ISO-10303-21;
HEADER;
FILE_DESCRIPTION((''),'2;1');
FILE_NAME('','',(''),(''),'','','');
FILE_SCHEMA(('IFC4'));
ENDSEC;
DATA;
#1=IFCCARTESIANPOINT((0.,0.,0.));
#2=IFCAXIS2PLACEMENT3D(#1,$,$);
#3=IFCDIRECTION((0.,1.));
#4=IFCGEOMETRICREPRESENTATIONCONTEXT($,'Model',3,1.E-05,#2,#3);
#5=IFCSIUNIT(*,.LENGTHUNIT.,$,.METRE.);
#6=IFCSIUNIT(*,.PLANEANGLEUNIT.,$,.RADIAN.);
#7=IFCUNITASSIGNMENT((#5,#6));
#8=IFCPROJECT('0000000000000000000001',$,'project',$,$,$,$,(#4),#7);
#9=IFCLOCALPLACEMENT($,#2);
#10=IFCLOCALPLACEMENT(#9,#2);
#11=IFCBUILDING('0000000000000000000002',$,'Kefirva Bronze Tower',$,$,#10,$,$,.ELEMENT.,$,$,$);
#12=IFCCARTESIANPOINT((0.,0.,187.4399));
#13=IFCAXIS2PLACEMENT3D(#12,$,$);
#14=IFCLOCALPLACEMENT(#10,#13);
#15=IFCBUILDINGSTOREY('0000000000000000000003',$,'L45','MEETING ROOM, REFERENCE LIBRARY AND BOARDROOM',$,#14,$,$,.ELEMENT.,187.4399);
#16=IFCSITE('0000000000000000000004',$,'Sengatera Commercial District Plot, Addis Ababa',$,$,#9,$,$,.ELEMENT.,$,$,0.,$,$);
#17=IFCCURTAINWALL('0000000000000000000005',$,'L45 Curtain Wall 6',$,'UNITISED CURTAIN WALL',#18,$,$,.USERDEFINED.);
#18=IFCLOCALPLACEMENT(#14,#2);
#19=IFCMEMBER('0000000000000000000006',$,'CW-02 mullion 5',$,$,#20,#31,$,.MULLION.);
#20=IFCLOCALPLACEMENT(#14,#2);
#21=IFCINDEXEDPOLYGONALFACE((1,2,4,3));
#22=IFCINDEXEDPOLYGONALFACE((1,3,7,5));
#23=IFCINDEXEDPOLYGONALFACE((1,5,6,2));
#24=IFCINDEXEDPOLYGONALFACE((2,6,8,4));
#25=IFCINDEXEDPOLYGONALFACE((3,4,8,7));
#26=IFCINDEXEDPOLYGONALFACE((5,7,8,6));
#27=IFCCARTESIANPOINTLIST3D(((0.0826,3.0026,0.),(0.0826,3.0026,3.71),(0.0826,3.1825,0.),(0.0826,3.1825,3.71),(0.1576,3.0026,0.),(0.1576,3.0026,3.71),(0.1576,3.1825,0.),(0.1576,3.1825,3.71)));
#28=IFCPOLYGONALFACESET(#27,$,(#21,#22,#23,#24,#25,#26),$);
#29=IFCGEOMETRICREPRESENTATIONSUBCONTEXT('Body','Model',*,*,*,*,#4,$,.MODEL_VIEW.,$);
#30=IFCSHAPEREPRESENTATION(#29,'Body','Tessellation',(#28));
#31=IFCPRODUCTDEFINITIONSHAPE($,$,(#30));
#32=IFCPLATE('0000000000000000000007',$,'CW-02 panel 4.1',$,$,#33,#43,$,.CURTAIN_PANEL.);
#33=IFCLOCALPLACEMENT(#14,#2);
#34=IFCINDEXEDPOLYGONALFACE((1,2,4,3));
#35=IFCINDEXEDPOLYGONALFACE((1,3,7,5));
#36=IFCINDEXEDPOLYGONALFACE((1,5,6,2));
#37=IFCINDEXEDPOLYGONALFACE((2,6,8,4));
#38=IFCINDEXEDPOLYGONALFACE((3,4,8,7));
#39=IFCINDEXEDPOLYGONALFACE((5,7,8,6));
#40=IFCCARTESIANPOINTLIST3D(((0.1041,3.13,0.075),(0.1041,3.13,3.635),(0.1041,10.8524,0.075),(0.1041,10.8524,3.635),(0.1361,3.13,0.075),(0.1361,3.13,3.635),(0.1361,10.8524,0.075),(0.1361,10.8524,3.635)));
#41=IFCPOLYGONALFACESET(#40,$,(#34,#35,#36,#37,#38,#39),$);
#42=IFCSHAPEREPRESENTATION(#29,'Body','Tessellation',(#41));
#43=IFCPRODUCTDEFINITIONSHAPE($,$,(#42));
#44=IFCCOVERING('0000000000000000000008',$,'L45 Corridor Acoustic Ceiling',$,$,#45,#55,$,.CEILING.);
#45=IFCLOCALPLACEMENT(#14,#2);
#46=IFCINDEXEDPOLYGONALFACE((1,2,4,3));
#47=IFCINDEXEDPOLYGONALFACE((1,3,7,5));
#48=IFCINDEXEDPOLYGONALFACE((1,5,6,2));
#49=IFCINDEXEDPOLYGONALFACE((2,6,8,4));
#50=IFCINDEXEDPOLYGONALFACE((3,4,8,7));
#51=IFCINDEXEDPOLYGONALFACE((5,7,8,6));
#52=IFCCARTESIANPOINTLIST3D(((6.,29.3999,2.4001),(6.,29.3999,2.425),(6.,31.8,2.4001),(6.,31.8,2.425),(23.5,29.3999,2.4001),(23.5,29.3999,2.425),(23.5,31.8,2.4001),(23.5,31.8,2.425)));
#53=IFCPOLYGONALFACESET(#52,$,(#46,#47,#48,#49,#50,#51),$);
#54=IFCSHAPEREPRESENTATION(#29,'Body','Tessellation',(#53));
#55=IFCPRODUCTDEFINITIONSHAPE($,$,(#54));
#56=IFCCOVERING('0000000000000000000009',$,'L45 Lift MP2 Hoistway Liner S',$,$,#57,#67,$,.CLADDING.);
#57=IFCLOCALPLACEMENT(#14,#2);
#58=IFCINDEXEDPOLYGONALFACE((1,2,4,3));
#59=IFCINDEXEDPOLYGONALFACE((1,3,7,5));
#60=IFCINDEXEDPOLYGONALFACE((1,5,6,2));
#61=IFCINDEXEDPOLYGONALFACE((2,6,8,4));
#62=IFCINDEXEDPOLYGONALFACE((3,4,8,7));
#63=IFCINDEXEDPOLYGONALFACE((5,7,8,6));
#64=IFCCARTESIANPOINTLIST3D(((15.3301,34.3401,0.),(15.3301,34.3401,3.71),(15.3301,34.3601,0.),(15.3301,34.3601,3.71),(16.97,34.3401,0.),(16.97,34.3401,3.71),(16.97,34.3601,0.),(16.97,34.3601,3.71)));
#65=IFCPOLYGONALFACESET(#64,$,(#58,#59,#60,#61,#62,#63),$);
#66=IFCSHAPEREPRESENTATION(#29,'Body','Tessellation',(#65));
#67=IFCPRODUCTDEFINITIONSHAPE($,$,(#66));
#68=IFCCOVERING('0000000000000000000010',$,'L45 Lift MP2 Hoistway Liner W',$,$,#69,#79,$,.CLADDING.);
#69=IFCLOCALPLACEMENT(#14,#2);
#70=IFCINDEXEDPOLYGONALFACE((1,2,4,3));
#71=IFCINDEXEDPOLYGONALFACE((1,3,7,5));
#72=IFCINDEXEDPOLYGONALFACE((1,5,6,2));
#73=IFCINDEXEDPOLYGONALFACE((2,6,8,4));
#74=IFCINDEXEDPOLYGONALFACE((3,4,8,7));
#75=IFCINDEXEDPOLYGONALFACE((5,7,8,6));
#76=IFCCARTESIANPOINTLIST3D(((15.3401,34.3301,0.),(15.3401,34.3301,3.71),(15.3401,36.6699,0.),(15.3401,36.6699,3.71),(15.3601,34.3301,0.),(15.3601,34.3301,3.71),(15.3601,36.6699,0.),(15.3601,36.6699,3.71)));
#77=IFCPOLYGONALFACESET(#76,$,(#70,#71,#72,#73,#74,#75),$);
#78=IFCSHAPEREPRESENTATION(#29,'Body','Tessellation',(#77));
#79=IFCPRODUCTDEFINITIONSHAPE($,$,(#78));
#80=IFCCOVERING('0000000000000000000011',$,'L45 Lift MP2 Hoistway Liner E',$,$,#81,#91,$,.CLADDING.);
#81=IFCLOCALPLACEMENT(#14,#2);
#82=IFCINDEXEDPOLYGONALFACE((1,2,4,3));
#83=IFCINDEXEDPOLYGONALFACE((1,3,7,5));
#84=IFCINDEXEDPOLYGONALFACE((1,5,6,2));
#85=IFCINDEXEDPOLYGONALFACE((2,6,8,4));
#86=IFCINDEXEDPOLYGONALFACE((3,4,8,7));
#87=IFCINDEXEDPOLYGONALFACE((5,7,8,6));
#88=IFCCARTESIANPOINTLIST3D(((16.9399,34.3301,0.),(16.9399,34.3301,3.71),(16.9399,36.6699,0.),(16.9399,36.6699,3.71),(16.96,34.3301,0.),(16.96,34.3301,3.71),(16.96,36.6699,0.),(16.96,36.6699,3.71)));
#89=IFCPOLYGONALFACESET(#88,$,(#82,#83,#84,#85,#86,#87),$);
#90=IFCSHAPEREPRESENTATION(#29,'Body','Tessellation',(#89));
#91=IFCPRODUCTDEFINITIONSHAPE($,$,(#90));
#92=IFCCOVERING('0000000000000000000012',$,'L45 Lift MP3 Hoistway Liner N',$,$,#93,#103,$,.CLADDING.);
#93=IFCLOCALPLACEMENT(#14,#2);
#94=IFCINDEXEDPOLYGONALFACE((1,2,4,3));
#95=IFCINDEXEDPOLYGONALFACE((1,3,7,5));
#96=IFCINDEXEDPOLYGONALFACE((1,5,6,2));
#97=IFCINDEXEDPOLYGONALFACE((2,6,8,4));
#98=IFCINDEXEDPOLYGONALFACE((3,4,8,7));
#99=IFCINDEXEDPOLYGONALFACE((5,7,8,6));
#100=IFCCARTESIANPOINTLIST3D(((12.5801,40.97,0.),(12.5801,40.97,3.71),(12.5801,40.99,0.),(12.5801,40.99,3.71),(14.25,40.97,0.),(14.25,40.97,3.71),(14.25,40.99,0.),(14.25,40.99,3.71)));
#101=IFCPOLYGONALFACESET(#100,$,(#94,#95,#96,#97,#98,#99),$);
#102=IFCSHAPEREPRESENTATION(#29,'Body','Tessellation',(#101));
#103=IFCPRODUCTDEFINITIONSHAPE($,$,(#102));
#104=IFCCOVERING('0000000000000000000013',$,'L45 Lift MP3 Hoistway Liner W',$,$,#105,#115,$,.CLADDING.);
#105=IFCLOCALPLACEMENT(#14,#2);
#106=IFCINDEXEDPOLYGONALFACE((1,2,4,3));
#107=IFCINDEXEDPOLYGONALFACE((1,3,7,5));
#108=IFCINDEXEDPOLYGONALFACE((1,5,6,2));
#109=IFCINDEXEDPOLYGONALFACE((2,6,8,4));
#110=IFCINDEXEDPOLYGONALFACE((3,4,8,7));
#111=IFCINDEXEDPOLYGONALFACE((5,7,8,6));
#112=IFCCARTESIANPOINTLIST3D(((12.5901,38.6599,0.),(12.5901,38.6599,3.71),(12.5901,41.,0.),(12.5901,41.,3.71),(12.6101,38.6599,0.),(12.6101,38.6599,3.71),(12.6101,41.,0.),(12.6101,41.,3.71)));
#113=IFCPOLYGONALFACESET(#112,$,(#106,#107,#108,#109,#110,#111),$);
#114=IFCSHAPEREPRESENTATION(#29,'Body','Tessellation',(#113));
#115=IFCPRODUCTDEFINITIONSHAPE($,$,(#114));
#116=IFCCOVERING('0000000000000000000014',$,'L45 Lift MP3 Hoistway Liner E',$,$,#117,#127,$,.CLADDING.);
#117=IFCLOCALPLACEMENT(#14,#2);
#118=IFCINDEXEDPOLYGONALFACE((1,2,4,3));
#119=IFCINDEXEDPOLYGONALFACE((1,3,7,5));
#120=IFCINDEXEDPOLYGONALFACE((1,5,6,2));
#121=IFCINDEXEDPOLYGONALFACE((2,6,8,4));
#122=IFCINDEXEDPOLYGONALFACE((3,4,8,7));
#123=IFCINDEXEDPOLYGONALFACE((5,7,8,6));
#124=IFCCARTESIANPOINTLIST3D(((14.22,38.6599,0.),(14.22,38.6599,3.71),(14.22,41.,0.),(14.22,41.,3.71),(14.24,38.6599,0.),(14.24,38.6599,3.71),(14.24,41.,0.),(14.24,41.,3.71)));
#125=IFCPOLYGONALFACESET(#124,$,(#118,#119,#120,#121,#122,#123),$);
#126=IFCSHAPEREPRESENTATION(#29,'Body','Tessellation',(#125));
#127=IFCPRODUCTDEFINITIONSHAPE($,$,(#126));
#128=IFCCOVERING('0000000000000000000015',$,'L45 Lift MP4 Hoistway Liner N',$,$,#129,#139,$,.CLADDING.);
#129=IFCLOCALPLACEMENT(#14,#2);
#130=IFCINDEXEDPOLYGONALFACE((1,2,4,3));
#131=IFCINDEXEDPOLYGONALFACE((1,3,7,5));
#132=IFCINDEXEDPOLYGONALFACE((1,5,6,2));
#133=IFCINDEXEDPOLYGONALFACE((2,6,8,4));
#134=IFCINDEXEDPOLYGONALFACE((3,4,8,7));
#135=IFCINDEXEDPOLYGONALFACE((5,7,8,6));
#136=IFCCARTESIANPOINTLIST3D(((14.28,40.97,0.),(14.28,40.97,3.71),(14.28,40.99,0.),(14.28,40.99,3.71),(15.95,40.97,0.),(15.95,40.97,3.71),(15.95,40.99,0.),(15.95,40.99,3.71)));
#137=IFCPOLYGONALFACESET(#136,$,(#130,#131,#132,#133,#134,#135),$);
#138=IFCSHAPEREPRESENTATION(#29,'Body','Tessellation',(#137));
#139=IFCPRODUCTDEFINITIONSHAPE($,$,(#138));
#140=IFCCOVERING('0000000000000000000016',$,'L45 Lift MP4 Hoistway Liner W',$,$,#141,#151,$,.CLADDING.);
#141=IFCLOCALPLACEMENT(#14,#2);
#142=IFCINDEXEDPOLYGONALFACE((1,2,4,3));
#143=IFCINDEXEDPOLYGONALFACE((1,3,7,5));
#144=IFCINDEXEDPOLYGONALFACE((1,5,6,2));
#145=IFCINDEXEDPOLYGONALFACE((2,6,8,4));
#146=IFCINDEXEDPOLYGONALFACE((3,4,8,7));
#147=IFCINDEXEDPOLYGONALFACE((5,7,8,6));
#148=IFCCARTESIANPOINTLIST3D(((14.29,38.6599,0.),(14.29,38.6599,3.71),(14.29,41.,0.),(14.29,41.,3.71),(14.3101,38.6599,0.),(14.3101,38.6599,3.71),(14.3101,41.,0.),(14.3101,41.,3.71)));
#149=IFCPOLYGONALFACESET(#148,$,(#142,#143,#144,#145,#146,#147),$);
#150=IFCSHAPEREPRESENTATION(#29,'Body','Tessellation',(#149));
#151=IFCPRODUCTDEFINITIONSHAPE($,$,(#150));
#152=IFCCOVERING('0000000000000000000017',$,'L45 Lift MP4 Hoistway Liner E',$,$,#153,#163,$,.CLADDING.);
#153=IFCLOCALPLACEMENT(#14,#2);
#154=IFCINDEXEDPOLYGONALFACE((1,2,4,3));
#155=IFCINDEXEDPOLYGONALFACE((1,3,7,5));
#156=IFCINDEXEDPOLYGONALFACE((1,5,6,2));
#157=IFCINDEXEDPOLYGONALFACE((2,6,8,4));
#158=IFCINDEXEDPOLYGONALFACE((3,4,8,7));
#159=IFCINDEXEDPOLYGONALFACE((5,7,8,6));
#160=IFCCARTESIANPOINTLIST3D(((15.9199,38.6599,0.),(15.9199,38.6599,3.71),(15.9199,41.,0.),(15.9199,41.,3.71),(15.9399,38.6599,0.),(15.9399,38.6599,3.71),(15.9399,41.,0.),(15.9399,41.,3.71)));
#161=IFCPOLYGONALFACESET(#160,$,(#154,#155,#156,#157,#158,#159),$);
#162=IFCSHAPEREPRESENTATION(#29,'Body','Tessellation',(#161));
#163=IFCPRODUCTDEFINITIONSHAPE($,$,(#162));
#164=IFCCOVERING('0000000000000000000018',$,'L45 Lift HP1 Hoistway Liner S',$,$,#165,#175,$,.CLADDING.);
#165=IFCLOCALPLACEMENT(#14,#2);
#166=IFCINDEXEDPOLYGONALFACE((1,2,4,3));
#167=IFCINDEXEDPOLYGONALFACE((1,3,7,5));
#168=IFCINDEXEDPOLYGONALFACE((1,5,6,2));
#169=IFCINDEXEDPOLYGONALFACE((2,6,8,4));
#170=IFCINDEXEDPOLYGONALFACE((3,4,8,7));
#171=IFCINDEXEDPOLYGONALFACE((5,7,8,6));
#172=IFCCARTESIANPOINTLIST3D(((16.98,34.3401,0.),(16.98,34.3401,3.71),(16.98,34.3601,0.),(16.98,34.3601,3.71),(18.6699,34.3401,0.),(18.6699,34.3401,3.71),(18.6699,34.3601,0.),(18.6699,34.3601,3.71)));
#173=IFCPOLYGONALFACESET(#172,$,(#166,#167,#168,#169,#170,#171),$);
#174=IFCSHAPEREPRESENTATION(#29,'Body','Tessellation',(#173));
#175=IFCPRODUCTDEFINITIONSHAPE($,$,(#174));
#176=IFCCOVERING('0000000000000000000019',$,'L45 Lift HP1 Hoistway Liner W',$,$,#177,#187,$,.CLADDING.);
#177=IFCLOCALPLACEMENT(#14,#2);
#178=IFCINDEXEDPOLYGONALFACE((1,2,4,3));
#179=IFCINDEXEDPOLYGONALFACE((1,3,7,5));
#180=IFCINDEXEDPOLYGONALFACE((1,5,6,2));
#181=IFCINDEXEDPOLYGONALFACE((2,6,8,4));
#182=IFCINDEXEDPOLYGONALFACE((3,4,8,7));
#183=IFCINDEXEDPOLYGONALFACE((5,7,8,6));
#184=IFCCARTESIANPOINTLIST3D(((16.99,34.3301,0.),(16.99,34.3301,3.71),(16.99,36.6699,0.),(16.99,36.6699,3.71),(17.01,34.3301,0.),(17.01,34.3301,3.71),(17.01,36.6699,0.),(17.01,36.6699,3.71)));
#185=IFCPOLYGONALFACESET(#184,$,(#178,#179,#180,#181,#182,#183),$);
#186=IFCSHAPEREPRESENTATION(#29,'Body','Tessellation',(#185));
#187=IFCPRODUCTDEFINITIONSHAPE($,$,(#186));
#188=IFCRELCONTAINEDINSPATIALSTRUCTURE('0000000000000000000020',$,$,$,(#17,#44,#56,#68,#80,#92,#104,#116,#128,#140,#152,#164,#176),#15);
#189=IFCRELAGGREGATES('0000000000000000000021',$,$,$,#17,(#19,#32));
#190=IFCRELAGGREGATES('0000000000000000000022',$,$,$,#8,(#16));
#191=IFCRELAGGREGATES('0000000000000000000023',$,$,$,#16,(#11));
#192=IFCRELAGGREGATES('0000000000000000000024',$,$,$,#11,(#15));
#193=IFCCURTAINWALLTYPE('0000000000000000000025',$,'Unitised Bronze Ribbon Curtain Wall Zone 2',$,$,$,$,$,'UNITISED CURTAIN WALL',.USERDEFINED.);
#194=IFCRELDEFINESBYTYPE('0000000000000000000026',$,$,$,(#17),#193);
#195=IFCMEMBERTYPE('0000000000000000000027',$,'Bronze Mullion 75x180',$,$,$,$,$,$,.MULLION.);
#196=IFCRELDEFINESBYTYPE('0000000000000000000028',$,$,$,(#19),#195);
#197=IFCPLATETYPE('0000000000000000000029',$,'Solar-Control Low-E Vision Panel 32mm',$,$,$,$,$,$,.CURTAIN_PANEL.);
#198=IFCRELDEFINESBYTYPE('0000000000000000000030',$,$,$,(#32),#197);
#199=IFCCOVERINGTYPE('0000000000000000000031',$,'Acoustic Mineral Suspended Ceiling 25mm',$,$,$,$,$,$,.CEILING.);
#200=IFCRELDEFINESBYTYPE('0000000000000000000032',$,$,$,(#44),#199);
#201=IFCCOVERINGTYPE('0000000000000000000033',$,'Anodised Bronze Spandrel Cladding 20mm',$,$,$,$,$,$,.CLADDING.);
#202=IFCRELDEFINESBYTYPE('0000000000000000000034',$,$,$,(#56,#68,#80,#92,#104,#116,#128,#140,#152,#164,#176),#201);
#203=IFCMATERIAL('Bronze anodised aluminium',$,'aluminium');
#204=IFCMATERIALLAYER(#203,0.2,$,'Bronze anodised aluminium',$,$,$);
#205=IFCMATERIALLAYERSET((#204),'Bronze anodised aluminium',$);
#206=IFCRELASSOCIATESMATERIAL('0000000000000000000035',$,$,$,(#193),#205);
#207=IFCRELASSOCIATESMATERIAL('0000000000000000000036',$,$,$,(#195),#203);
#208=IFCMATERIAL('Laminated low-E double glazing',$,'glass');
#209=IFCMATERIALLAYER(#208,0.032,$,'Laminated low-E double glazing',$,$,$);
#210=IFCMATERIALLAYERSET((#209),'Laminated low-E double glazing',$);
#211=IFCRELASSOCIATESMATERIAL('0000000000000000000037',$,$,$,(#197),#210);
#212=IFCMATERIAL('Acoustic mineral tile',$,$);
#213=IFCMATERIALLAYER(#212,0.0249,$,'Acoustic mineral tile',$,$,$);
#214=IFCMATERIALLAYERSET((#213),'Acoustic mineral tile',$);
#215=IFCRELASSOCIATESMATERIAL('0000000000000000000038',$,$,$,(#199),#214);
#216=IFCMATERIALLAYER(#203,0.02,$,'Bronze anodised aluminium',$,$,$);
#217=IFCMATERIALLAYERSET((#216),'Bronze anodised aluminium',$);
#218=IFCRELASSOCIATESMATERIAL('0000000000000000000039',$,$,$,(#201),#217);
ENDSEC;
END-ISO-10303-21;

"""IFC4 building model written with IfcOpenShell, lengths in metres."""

from ifc_helpers import new_model, si_unit, direction, frame, origin, origin_2d, place, context, subcontext, project, spatial, polyline, rectangle, outline, extrude, material, layer, layer_set, material_profile, profile_set, type_object, element, aggregate, save


model = new_model("IFC4")

# Units and contexts
model_context = context("Model", 3, precision=1e-05, world=origin(), true_north=direction((0.0, 1.0)))
body_context = subcontext(model_context, "Body", "Model", "MODEL_VIEW")
ifc_project = project(units=[si_unit("LENGTHUNIT", "METRE"), si_unit("PLANEANGLEUNIT", "RADIAN")], contexts=[model_context])

# Site, building, storey
site_placement = place(None, origin())
site = spatial("IfcSite", under=ifc_project, at=site_placement, Name="Sengatera Commercial District Plot, Addis Ababa", CompositionType="ELEMENT", RefElevation=0.0)
building_placement = place(site_placement, origin())
building = spatial("IfcBuilding", under=site, at=building_placement, Name="Kefirva Bronze Tower", CompositionType="ELEMENT")
storey_placement = place(building_placement, frame((0.0, 0.0, 187.4399)))
storey = spatial("IfcBuildingStorey", under=building, at=storey_placement, Name="L45", Description="MEETING ROOM, REFERENCE LIBRARY AND BOARDROOM", CompositionType="ELEMENT", Elevation=187.4399)

# Curtain wall, member, plate
ifc_material_1 = material(Name="Bronze anodised aluminium", Category="aluminium")
ifc_layer_1 = layer(ifc_material_1, 0.2, Name="Bronze anodised aluminium")
ifc_layer_set_1 = layer_set([ifc_layer_1], Name="Bronze anodised aluminium")
curtain_wall_type = type_object("IfcCurtainWallType", Name="Unitised Bronze Ribbon Curtain Wall Zone 2", ElementType="UNITISED CURTAIN WALL", PredefinedType="USERDEFINED", material=ifc_layer_set_1)
curtain_wall_placement = place(storey_placement, origin())
curtain_wall = element("IfcCurtainWall", 1, at=curtain_wall_placement, inside=storey, type_object=curtain_wall_type, Name="L45 Curtain Wall 6", ObjectType="UNITISED CURTAIN WALL", PredefinedType="USERDEFINED")
ifc_material_profile = material_profile(ifc_material_1, rectangle(XDim=0.075, YDim=0.1799, at=origin_2d()), Name="ALU 75x180")
ifc_profile_set = profile_set([ifc_material_profile], Name="Bronze anodised aluminium")
member_type = type_object("IfcMemberType", Name="Bronze Mullion 75x180", PredefinedType="MULLION", material=ifc_profile_set)
member_placement = place(storey_placement, frame((0.1201, 3.0925, 0.0), z_axis=(0.0, 0.0, 1.0), x_axis=(1.0, 0.0, 0.0)))
member = element("IfcMember", 2, at=member_placement, type_object=member_type, Name="CW-02 mullion 5", PredefinedType="MULLION", context=body_context, shape_type="SweptSolid", body=[
    extrude(rectangle(XDim=0.075, YDim=0.1799, at=origin_2d()), origin(), (0.0, 0.0, 1.0), 3.71),
])
ifc_material_2 = material(Name="Laminated low-E double glazing", Category="glass")
ifc_layer_2 = layer(ifc_material_2, 0.032, Name="Laminated low-E double glazing")
ifc_layer_set_2 = layer_set([ifc_layer_2], Name="Laminated low-E double glazing")
plate_type = type_object("IfcPlateType", Name="Solar-Control Low-E Vision Panel 32mm", PredefinedType="CURTAIN_PANEL", material=ifc_layer_set_2)
plate_placement = place(storey_placement, frame((0.1201, 6.9912, 0.075), z_axis=(0.0, 0.0, 1.0), x_axis=(0.0, -1.0, 0.0)))
plate = element("IfcPlate", 3, at=plate_placement, type_object=plate_type, Name="CW-02 panel 4.1", PredefinedType="CURTAIN_PANEL", context=body_context, shape_type="SweptSolid", body=[
    extrude(rectangle(XDim=7.7224, YDim=0.032, at=origin_2d()), origin(), (0.0, 0.0, 1.0), 3.5601),
])
aggregate(curtain_wall, [member, plate])

# Coverings
ifc_material_3 = material(Name="Acoustic mineral tile")
ifc_layer_3 = layer(ifc_material_3, 0.0249, Name="Acoustic mineral tile")
ifc_layer_set_3 = layer_set([ifc_layer_3], Name="Acoustic mineral tile")
covering_type_1 = type_object("IfcCoveringType", Name="Acoustic Mineral Suspended Ceiling 25mm", PredefinedType="CEILING", material=ifc_layer_set_3)
covering_1_placement = place(storey_placement, frame((0.0, 0.0, 2.4001)))
element("IfcCovering", 4, at=covering_1_placement, inside=storey, type_object=covering_type_1, Name="L45 Corridor Acoustic Ceiling", PredefinedType="CEILING", context=body_context, shape_type="SweptSolid", body=[
    extrude(outline(polyline([(6.0, 29.3999), (23.5, 29.3999), (23.5, 31.8), (6.0, 31.8), (6.0, 29.3999)])), origin(), (0.0, 0.0, 1.0), 0.0249),
])
ifc_layer_4 = layer(ifc_material_1, 0.02, Name="Bronze anodised aluminium")
ifc_layer_set_4 = layer_set([ifc_layer_4], Name="Bronze anodised aluminium")
covering_type_2 = type_object("IfcCoveringType", Name="Anodised Bronze Spandrel Cladding 20mm", PredefinedType="CLADDING", material=ifc_layer_set_4)
covering_2_placement = place(storey_placement, origin())
element("IfcCovering", 5, at=covering_2_placement, inside=storey, type_object=covering_type_2, Name="L45 Lift MP2 Hoistway Liner S", PredefinedType="CLADDING", context=body_context, shape_type="SweptSolid", body=[
    extrude(outline(polyline([(15.3301, 34.3401), (16.97, 34.3401), (16.97, 34.3601), (15.3301, 34.3601), (15.3301, 34.3401)])), origin(), (0.0, 0.0, 1.0), 3.71),
])
covering_3_placement = place(storey_placement, origin())
element("IfcCovering", 6, at=covering_3_placement, inside=storey, type_object=covering_type_2, Name="L45 Lift MP2 Hoistway Liner W", PredefinedType="CLADDING", context=body_context, shape_type="SweptSolid", body=[
    extrude(outline(polyline([(15.3401, 34.3301), (15.3601, 34.3301), (15.3601, 36.6699), (15.3401, 36.6699), (15.3401, 34.3301)])), origin(), (0.0, 0.0, 1.0), 3.71),
])
covering_4_placement = place(storey_placement, origin())
element("IfcCovering", 7, at=covering_4_placement, inside=storey, type_object=covering_type_2, Name="L45 Lift MP2 Hoistway Liner E", PredefinedType="CLADDING", context=body_context, shape_type="SweptSolid", body=[
    extrude(outline(polyline([(16.9399, 34.3301), (16.96, 34.3301), (16.96, 36.6699), (16.9399, 36.6699), (16.9399, 34.3301)])), origin(), (0.0, 0.0, 1.0), 3.71),
])
covering_5_placement = place(storey_placement, origin())
element("IfcCovering", 8, at=covering_5_placement, inside=storey, type_object=covering_type_2, Name="L45 Lift MP3 Hoistway Liner N", PredefinedType="CLADDING", context=body_context, shape_type="SweptSolid", body=[
    extrude(outline(polyline([(12.5801, 40.97), (14.25, 40.97), (14.25, 40.99), (12.5801, 40.99), (12.5801, 40.97)])), origin(), (0.0, 0.0, 1.0), 3.71),
])
covering_6_placement = place(storey_placement, origin())
element("IfcCovering", 9, at=covering_6_placement, inside=storey, type_object=covering_type_2, Name="L45 Lift MP3 Hoistway Liner W", PredefinedType="CLADDING", context=body_context, shape_type="SweptSolid", body=[
    extrude(outline(polyline([(12.5901, 38.6599), (12.6101, 38.6599), (12.6101, 41.0), (12.5901, 41.0), (12.5901, 38.6599)])), origin(), (0.0, 0.0, 1.0), 3.71),
])
covering_7_placement = place(storey_placement, origin())
element("IfcCovering", 10, at=covering_7_placement, inside=storey, type_object=covering_type_2, Name="L45 Lift MP3 Hoistway Liner E", PredefinedType="CLADDING", context=body_context, shape_type="SweptSolid", body=[
    extrude(outline(polyline([(14.22, 38.6599), (14.24, 38.6599), (14.24, 41.0), (14.22, 41.0), (14.22, 38.6599)])), origin(), (0.0, 0.0, 1.0), 3.71),
])
covering_8_placement = place(storey_placement, origin())
element("IfcCovering", 11, at=covering_8_placement, inside=storey, type_object=covering_type_2, Name="L45 Lift MP4 Hoistway Liner N", PredefinedType="CLADDING", context=body_context, shape_type="SweptSolid", body=[
    extrude(outline(polyline([(14.28, 40.97), (15.95, 40.97), (15.95, 40.99), (14.28, 40.99), (14.28, 40.97)])), origin(), (0.0, 0.0, 1.0), 3.71),
])
covering_9_placement = place(storey_placement, origin())
element("IfcCovering", 12, at=covering_9_placement, inside=storey, type_object=covering_type_2, Name="L45 Lift MP4 Hoistway Liner W", PredefinedType="CLADDING", context=body_context, shape_type="SweptSolid", body=[
    extrude(outline(polyline([(14.29, 38.6599), (14.3101, 38.6599), (14.3101, 41.0), (14.29, 41.0), (14.29, 38.6599)])), origin(), (0.0, 0.0, 1.0), 3.71),
])
covering_10_placement = place(storey_placement, origin())
element("IfcCovering", 13, at=covering_10_placement, inside=storey, type_object=covering_type_2, Name="L45 Lift MP4 Hoistway Liner E", PredefinedType="CLADDING", context=body_context, shape_type="SweptSolid", body=[
    extrude(outline(polyline([(15.9199, 38.6599), (15.9399, 38.6599), (15.9399, 41.0), (15.9199, 41.0), (15.9199, 38.6599)])), origin(), (0.0, 0.0, 1.0), 3.71),
])
covering_11_placement = place(storey_placement, origin())
element("IfcCovering", 14, at=covering_11_placement, inside=storey, type_object=covering_type_2, Name="L45 Lift HP1 Hoistway Liner S", PredefinedType="CLADDING", context=body_context, shape_type="SweptSolid", body=[
    extrude(outline(polyline([(16.98, 34.3401), (18.6699, 34.3401), (18.6699, 34.3601), (16.98, 34.3601), (16.98, 34.3401)])), origin(), (0.0, 0.0, 1.0), 3.71),
])
covering_12_placement = place(storey_placement, origin())
element("IfcCovering", 15, at=covering_12_placement, inside=storey, type_object=covering_type_2, Name="L45 Lift HP1 Hoistway Liner W", PredefinedType="CLADDING", context=body_context, shape_type="SweptSolid", body=[
    extrude(outline(polyline([(16.99, 34.3301), (17.01, 34.3301), (17.01, 36.6699), (16.99, 36.6699), (16.99, 34.3301)])), origin(), (0.0, 0.0, 1.0), 3.71),
])

save(model, "model.ifc")
